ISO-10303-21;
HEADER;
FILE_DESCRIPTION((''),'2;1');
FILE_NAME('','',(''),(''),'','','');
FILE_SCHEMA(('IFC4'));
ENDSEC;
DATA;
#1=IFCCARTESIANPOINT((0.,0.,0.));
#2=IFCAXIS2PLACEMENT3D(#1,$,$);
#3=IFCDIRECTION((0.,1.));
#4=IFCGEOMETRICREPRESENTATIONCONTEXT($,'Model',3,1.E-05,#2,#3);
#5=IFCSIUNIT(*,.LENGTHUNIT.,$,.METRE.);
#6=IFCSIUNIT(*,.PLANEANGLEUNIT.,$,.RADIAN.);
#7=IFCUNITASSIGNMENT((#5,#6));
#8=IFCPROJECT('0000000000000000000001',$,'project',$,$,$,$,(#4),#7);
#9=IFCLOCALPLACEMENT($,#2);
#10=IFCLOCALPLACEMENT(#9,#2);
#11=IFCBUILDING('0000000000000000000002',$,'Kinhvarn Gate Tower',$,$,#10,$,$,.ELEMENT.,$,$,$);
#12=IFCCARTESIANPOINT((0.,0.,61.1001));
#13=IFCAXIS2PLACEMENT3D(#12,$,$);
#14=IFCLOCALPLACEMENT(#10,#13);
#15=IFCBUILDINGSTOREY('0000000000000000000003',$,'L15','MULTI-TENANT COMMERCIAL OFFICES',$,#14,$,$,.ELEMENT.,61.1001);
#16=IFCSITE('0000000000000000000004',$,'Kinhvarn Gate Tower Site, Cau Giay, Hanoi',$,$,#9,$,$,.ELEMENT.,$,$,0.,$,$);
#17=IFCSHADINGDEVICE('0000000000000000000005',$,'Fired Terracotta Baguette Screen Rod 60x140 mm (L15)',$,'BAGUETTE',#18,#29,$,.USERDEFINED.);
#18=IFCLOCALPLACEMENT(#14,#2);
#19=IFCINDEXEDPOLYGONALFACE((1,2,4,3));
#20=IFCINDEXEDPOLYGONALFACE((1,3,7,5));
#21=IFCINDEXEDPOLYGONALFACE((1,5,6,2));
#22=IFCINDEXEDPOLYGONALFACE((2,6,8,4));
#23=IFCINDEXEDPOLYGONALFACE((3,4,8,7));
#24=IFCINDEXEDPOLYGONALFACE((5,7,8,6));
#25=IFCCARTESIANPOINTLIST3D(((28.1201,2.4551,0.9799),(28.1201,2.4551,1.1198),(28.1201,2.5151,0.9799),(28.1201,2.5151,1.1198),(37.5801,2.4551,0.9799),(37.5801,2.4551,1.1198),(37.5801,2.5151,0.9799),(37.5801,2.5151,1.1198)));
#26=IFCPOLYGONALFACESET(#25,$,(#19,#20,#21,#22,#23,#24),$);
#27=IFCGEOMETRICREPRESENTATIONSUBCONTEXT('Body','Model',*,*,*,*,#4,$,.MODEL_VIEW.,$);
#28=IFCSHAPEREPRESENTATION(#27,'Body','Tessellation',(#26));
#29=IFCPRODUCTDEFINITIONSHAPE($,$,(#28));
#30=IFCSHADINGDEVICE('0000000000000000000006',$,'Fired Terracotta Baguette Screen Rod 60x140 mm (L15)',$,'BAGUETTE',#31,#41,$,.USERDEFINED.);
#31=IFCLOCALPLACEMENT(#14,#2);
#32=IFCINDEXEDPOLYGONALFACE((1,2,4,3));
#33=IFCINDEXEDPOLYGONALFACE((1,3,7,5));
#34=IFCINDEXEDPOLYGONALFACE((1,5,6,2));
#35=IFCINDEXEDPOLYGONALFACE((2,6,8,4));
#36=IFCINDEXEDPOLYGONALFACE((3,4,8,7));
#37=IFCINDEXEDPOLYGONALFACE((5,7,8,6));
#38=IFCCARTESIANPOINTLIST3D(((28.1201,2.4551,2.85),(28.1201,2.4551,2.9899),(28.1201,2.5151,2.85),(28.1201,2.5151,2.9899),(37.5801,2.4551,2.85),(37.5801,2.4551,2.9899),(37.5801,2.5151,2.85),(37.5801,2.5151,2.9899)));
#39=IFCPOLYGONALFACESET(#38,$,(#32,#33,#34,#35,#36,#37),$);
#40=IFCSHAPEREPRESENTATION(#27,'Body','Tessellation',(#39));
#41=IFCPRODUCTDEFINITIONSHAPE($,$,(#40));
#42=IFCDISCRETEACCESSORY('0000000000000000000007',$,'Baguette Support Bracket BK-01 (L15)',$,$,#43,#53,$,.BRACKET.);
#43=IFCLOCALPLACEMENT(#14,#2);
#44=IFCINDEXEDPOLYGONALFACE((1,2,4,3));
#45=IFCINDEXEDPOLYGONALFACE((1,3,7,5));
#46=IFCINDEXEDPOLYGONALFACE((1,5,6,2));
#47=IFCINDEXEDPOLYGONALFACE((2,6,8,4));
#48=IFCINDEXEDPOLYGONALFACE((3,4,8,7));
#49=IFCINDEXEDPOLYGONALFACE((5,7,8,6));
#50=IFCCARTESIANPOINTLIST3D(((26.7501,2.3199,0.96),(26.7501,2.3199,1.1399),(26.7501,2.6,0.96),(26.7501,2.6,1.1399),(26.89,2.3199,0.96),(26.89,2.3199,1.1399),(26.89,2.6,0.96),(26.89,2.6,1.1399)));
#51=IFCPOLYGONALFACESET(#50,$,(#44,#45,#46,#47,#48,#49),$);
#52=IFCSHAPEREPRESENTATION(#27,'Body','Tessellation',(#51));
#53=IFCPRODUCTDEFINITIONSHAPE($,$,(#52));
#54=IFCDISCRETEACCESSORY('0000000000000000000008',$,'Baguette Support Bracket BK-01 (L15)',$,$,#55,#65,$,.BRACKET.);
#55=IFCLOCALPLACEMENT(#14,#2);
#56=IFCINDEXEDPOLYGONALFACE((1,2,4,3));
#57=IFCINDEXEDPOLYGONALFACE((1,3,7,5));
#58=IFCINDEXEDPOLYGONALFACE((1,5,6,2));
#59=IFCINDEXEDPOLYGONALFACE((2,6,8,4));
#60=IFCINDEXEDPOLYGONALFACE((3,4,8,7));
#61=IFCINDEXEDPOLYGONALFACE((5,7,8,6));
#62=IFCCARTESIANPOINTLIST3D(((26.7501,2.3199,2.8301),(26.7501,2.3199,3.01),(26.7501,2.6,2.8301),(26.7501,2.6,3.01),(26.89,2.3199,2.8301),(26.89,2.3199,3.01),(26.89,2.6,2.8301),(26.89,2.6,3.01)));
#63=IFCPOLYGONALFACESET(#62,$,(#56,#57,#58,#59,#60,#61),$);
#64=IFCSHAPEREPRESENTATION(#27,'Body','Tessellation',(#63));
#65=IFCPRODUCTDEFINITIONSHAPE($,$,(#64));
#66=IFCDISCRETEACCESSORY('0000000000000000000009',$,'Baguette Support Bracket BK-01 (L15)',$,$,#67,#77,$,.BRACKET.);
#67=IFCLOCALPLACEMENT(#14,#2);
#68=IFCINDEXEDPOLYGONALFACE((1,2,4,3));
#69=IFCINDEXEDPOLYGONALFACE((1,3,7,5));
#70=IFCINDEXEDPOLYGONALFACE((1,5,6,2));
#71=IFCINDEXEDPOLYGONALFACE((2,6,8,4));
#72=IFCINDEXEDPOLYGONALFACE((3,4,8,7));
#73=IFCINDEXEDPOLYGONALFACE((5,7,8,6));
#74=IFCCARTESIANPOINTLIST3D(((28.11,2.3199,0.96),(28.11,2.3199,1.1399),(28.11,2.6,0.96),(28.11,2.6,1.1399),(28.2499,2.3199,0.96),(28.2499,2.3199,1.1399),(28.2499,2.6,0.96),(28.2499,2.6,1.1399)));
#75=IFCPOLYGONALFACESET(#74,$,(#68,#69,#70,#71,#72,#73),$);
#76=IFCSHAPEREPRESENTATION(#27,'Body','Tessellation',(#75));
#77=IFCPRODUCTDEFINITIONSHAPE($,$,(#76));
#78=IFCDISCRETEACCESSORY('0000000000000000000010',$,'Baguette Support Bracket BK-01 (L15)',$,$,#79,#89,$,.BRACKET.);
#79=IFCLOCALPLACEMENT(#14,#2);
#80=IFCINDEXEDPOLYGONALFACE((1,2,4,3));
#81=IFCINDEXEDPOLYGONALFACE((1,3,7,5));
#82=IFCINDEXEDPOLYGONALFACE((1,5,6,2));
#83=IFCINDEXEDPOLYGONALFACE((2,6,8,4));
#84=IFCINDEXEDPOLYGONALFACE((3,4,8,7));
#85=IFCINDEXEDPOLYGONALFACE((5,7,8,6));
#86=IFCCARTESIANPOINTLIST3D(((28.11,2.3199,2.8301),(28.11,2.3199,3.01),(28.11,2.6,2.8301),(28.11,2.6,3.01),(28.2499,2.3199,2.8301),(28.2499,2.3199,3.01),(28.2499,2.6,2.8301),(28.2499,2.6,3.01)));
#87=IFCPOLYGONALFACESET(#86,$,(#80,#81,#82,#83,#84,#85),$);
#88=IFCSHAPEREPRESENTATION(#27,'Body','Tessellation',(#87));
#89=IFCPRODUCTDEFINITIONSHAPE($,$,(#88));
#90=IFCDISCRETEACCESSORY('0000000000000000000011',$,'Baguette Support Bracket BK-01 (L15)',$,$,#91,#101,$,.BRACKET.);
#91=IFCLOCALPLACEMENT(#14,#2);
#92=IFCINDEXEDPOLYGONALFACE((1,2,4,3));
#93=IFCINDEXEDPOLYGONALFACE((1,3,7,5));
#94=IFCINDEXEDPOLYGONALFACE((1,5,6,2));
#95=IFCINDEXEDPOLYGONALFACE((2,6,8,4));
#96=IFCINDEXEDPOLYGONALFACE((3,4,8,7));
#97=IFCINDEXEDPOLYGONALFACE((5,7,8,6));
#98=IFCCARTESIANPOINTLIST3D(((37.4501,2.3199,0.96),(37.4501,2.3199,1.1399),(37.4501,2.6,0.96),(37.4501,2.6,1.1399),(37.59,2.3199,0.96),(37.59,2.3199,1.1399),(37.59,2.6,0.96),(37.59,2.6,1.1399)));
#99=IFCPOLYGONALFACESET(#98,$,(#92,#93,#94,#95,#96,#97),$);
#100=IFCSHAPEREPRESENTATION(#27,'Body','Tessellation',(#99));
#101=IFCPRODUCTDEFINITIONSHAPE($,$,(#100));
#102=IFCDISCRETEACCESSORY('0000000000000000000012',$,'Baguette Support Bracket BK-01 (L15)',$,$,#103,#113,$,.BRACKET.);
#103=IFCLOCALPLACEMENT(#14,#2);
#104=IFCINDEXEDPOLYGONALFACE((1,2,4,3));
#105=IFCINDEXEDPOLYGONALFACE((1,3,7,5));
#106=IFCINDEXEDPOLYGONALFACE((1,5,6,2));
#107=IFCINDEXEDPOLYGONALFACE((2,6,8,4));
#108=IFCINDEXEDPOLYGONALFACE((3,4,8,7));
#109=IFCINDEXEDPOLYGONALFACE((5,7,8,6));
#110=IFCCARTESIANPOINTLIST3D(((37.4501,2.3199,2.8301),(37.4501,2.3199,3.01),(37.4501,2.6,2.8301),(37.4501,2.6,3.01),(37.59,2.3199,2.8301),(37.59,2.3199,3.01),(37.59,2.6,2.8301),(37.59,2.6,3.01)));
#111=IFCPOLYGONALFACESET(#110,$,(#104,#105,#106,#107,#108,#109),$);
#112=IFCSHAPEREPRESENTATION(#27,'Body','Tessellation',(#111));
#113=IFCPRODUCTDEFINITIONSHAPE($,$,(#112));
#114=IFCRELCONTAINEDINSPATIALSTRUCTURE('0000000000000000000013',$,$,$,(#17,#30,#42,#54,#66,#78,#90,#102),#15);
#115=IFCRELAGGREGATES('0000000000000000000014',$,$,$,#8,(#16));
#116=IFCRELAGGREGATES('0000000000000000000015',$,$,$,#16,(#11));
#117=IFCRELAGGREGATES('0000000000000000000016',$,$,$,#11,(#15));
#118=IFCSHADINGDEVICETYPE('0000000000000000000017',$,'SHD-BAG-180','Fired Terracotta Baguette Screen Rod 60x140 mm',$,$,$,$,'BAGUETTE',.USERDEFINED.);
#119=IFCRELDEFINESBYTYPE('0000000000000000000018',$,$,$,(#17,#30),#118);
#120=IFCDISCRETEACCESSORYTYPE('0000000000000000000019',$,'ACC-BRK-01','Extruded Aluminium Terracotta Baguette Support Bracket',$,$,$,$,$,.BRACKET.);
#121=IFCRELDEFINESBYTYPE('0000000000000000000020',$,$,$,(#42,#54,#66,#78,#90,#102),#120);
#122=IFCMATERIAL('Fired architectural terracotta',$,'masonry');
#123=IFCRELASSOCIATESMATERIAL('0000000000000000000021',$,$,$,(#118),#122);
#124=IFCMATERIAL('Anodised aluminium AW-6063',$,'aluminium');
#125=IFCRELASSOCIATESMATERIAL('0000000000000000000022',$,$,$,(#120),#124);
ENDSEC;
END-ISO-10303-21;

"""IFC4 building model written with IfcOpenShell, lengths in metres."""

from ifc_helpers import new_model, si_unit, direction, frame, origin, origin_2d, place, context, subcontext, project, spatial, rectangle, extrude, material, material_profile, profile_set, type_object, element, save


model = new_model("IFC4")

# Units and contexts
model_context = context("Model", 3, precision=1e-05, world=origin(), true_north=direction((0.0, 1.0)))
body_context = subcontext(model_context, "Body", "Model", "MODEL_VIEW")
ifc_project = project(units=[si_unit("LENGTHUNIT", "METRE"), si_unit("PLANEANGLEUNIT", "RADIAN")], contexts=[model_context])

# Site, building, storey
site_placement = place(None, origin())
site = spatial("IfcSite", under=ifc_project, at=site_placement, Name="Kinhvarn Gate Tower Site, Cau Giay, Hanoi", CompositionType="ELEMENT", RefElevation=0.0)
building_placement = place(site_placement, origin())
building = spatial("IfcBuilding", under=site, at=building_placement, Name="Kinhvarn Gate Tower", CompositionType="ELEMENT")
storey_placement = place(building_placement, frame((0.0, 0.0, 61.1001)))
storey = spatial("IfcBuildingStorey", under=building, at=storey_placement, Name="L15", Description="MULTI-TENANT COMMERCIAL OFFICES", CompositionType="ELEMENT", Elevation=61.1001)

# Shared definitions
ifc_material_1 = material(Name="Anodised aluminium AW-6063", Category="aluminium")

# Shading devices
ifc_material_2 = material(Name="Fired architectural terracotta", Category="masonry")
ifc_material_profile_1 = material_profile(ifc_material_2, rectangle(XDim=0.0601, YDim=0.1399, at=origin_2d()), Name="TC 60x140")
ifc_profile_set_1 = profile_set([ifc_material_profile_1], Name="Fired architectural terracotta")
shading_device_type = type_object("IfcShadingDeviceType", Name="SHD-BAG-180", Description="Fired Terracotta Baguette Screen Rod 60x140 mm", ElementType="BAGUETTE", PredefinedType="USERDEFINED", material=ifc_profile_set_1)
for number, where, z_axis, x_axis, name in (
    (1, (28.1201, 2.4851, 1.0498), (1.0, 0.0, 0.0), (0.0, 1.0, 0.0), "Fired Terracotta Baguette Screen Rod 60x140 mm (L15)"),
    (2, (28.1201, 2.4851, 2.9199), (1.0, 0.0, 0.0), (0.0, 1.0, 0.0), "Fired Terracotta Baguette Screen Rod 60x140 mm (L15)"),
):
    element("IfcShadingDevice", number, at=place(storey_placement, frame(where, z_axis=z_axis, x_axis=x_axis)), inside=storey, type_object=shading_device_type, Name=name, ObjectType="BAGUETTE", PredefinedType="USERDEFINED", context=body_context, shape_type="SweptSolid", body=[
        extrude(rectangle(XDim=0.0601, YDim=0.1399, at=origin_2d()), origin(), (0.0, 0.0, 1.0), 9.46),
    ])

# Discrete accessories
discrete_accessory_type = type_object("IfcDiscreteAccessoryType", Name="ACC-BRK-01", Description="Extruded Aluminium Terracotta Baguette Support Bracket", PredefinedType="BRACKET", material=ifc_material_1)
for number, where, z_axis, x_axis, name in (
    (3, (26.8201, 2.46, 0.96), (0.0, 0.0, 1.0), (1.0, 0.0, 0.0), "Baguette Support Bracket BK-01 (L15)"),
    (4, (26.8201, 2.46, 2.8301), (0.0, 0.0, 1.0), (1.0, 0.0, 0.0), "Baguette Support Bracket BK-01 (L15)"),
    (5, (28.1799, 2.46, 0.96), (0.0, 0.0, 1.0), (1.0, 0.0, 0.0), "Baguette Support Bracket BK-01 (L15)"),
    (6, (28.1799, 2.46, 2.8301), (0.0, 0.0, 1.0), (1.0, 0.0, 0.0), "Baguette Support Bracket BK-01 (L15)"),
    (7, (37.52, 2.46, 0.96), (0.0, 0.0, 1.0), (1.0, 0.0, 0.0), "Baguette Support Bracket BK-01 (L15)"),
    (8, (37.52, 2.46, 2.8301), (0.0, 0.0, 1.0), (1.0, 0.0, 0.0), "Baguette Support Bracket BK-01 (L15)"),
):
    element("IfcDiscreteAccessory", number, at=place(storey_placement, frame(where, z_axis=z_axis, x_axis=x_axis)), inside=storey, type_object=discrete_accessory_type, Name=name, PredefinedType="BRACKET", context=body_context, shape_type="SweptSolid", body=[
        extrude(rectangle(XDim=0.1399, YDim=0.28, at=origin_2d()), origin(), (0.0, 0.0, 1.0), 0.1799),
    ])

save(model, "model.ifc")
